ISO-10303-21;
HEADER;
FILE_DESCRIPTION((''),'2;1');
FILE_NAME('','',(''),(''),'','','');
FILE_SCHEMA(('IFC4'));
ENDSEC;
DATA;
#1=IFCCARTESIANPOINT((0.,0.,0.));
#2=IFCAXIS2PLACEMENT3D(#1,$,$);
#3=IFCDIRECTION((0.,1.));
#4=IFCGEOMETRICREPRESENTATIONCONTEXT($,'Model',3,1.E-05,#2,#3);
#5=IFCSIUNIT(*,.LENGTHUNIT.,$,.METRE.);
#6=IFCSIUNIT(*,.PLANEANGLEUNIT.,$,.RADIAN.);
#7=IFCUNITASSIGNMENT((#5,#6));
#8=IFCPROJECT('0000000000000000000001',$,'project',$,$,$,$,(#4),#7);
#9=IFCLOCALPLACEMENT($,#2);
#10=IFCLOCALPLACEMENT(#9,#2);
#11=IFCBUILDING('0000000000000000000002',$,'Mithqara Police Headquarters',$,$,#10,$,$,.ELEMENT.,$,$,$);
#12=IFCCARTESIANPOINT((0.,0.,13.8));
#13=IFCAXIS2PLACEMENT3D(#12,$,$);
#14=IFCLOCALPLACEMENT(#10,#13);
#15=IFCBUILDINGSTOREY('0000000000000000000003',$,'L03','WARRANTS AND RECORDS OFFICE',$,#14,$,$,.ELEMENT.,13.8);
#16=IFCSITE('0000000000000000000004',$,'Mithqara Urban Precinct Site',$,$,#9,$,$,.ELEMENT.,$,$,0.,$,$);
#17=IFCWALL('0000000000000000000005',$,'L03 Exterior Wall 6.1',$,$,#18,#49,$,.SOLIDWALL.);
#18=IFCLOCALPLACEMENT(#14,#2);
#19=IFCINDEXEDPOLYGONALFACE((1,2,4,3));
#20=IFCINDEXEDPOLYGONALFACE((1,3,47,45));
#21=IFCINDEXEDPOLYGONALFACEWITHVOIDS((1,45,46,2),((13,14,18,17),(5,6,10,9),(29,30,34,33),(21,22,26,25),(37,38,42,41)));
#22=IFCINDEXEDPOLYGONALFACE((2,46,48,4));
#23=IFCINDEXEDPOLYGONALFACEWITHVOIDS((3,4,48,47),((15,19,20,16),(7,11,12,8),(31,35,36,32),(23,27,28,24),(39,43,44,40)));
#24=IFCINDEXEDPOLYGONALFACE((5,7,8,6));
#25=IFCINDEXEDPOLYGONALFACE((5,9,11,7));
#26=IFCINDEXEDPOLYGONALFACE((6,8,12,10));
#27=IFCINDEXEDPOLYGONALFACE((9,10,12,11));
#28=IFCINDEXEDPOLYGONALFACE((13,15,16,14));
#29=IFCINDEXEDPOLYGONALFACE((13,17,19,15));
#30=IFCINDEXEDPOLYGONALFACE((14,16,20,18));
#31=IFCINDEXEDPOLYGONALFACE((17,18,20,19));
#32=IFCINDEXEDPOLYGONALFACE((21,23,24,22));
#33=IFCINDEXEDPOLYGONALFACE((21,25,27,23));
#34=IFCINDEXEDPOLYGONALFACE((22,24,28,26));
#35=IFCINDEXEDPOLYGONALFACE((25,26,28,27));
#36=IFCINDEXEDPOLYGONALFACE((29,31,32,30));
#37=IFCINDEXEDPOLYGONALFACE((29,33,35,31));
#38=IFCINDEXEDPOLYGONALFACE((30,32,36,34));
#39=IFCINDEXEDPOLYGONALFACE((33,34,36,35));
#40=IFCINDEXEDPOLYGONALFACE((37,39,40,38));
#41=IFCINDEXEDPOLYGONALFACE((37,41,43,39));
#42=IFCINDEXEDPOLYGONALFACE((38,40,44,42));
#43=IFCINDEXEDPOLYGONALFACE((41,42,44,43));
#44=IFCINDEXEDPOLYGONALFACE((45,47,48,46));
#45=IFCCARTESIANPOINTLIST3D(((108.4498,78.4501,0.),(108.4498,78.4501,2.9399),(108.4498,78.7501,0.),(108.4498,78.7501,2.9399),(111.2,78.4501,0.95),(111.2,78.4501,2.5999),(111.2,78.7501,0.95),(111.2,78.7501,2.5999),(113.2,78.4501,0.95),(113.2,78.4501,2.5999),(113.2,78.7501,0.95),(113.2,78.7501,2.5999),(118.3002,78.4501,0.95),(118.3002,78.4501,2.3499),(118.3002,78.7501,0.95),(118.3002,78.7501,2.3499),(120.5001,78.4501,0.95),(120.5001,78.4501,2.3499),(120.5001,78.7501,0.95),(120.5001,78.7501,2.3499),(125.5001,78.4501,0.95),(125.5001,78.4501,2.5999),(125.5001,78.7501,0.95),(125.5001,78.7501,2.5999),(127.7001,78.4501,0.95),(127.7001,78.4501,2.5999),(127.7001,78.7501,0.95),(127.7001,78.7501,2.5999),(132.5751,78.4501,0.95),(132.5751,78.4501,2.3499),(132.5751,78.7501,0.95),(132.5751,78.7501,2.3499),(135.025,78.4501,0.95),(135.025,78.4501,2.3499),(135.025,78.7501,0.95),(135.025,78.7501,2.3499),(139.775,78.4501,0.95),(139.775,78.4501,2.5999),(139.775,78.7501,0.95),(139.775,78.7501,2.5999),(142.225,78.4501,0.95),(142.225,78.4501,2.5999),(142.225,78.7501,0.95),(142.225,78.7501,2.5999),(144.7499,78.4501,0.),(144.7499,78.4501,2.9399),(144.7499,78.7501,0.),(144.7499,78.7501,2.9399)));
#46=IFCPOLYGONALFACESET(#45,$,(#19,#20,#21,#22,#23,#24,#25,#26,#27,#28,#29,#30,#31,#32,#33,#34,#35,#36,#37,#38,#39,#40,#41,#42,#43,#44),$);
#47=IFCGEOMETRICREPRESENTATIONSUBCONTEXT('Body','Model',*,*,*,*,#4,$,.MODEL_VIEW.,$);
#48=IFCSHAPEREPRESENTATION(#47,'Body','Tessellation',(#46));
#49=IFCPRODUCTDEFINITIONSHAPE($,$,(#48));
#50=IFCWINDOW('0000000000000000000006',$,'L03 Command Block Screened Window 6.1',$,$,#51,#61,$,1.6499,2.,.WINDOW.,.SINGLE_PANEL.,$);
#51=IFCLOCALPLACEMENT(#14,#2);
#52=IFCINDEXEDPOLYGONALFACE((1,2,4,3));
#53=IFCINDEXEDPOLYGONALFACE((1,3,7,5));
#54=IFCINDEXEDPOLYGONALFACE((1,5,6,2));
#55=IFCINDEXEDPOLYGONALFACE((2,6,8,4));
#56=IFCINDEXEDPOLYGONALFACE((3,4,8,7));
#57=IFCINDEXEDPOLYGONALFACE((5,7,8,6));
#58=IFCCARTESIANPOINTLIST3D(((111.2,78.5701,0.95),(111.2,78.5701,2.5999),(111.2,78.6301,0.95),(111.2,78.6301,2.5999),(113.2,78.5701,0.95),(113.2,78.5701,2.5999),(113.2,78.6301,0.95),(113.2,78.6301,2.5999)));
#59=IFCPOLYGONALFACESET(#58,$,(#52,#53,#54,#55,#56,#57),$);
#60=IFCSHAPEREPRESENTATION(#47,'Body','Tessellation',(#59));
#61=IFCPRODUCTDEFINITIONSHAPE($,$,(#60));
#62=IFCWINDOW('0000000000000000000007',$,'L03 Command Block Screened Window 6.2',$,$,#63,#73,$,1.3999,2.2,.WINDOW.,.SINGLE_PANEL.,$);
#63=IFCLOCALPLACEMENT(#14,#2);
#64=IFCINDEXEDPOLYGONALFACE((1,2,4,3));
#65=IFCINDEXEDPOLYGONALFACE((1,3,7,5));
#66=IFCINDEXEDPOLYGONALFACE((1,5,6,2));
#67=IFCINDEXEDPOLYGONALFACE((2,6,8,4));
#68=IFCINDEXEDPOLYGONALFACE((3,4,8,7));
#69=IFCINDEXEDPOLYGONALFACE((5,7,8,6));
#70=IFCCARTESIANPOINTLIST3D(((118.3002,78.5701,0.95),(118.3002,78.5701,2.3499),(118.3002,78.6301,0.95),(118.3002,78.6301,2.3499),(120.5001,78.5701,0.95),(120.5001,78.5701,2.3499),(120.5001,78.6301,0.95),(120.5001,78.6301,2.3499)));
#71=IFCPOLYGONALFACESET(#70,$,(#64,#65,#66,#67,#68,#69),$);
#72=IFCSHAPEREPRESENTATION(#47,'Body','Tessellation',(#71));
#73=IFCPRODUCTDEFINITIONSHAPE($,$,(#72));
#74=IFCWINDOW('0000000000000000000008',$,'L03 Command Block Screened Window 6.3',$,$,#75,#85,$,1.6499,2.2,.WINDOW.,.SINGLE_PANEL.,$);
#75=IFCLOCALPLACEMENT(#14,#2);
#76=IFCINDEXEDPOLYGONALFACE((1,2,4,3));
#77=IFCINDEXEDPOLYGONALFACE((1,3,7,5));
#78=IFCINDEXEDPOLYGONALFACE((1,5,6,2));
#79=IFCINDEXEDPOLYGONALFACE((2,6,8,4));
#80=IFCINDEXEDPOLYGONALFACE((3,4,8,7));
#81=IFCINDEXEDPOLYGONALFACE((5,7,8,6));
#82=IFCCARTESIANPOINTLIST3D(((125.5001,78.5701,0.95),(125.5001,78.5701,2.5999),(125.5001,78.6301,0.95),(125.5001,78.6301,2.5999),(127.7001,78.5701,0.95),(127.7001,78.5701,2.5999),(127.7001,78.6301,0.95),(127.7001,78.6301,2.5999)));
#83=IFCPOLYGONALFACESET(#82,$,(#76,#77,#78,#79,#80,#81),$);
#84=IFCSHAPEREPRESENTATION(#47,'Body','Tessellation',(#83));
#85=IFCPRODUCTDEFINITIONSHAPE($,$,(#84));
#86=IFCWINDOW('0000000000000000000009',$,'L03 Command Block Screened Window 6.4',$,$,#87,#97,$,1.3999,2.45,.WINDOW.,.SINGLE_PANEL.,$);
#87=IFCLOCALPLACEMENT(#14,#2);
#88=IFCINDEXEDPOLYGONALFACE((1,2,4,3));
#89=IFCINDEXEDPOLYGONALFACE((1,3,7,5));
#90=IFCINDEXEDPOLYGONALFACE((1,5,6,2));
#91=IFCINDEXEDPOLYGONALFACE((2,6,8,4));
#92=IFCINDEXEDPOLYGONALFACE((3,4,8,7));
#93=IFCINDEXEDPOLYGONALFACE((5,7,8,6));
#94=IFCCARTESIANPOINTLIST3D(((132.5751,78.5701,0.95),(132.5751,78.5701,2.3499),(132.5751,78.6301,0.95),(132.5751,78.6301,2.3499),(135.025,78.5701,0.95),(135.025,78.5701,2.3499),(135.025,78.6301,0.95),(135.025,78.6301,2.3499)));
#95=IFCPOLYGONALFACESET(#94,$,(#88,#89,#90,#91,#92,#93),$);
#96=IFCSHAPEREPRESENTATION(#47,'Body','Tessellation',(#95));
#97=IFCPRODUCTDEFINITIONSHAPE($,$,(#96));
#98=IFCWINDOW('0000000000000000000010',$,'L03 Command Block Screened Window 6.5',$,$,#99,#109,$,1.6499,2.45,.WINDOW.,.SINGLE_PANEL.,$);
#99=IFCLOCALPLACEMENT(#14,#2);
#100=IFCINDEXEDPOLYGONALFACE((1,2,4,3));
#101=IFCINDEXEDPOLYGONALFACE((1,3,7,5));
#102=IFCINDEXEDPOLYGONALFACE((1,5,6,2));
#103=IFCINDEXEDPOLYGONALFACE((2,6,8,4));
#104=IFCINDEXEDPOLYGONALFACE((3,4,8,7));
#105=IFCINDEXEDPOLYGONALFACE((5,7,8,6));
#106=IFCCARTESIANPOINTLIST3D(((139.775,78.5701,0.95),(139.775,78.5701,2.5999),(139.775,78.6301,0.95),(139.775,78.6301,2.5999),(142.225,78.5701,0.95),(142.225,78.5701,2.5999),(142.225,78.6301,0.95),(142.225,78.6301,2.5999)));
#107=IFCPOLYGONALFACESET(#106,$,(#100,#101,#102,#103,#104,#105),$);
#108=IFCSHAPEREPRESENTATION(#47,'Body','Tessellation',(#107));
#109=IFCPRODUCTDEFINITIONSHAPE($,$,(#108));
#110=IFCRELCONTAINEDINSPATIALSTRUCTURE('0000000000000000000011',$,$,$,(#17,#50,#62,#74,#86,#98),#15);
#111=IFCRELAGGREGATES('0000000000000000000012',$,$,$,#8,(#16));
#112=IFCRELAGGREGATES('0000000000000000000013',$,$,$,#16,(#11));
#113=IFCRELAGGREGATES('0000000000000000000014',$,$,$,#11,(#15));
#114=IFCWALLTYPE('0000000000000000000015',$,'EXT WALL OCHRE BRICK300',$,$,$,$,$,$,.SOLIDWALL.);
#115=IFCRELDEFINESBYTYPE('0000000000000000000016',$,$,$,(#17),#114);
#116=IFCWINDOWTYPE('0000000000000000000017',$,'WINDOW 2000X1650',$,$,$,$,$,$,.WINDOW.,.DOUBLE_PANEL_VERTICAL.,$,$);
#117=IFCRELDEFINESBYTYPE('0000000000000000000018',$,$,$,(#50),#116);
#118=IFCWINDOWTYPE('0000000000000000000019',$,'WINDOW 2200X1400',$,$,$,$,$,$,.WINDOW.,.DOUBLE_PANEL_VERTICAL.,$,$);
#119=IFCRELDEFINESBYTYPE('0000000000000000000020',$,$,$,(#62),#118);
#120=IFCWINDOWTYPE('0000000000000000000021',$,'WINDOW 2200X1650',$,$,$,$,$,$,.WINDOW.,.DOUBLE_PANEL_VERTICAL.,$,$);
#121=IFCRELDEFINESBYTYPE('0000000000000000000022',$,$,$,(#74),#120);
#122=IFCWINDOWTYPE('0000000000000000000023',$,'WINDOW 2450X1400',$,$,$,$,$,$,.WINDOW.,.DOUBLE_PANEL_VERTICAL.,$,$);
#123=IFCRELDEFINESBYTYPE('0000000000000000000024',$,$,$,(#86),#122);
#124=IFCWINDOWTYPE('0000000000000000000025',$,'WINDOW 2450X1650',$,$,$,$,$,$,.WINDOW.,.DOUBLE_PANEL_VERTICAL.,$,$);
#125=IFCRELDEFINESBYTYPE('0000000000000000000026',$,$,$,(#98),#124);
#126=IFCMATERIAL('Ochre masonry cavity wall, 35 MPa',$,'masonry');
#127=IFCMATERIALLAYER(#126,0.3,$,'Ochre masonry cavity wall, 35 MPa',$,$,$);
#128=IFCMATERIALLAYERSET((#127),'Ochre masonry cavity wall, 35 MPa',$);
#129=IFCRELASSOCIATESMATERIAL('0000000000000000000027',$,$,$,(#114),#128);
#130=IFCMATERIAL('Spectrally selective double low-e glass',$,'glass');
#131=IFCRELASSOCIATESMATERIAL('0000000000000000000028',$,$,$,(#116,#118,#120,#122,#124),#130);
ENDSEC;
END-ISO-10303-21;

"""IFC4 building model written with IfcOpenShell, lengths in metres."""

from ifc_helpers import new_model, si_unit, direction, frame, frame_2d, origin, place, context, subcontext, project, spatial, rectangle, extrude, material, layer, layer_set, type_object, element, fill, save


model = new_model("IFC4")

# Units and contexts
model_context = context("Model", 3, precision=1e-05, world=origin(), true_north=direction((0.0, 1.0)))
body_context = subcontext(model_context, "Body", "Model", "MODEL_VIEW")
ifc_project = project(units=[si_unit("LENGTHUNIT", "METRE"), si_unit("PLANEANGLEUNIT", "RADIAN")], contexts=[model_context])

# Site, building, storey
site_placement = place(None, origin())
site = spatial("IfcSite", under=ifc_project, at=site_placement, Name="Mithqara Urban Precinct Site", CompositionType="ELEMENT", RefElevation=0.0)
building_placement = place(site_placement, origin())
building = spatial("IfcBuilding", under=site, at=building_placement, Name="Mithqara Police Headquarters", CompositionType="ELEMENT")
storey_placement = place(building_placement, frame((0.0, 0.0, 13.8)))
storey = spatial("IfcBuildingStorey", under=building, at=storey_placement, Name="L03", Description="WARRANTS AND RECORDS OFFICE", CompositionType="ELEMENT", Elevation=13.8)

# Wall, openings, windows
ifc_material_1 = material(Name="Ochre masonry cavity wall, 35 MPa", Category="masonry")
ifc_layer = layer(ifc_material_1, 0.3, Name="Ochre masonry cavity wall, 35 MPa")
ifc_layer_set = layer_set([ifc_layer], Name="Ochre masonry cavity wall, 35 MPa")
wall_type = type_object("IfcWallType", Name="EXT WALL OCHRE BRICK300", PredefinedType="SOLIDWALL", material=ifc_layer_set)
wall_placement = place(storey_placement, frame((108.45, 78.6001, 0.0), z_axis=(0.0, 0.0, 1.0), x_axis=(1.0, 0.0, 0.0)))
wall = element("IfcWall", 1, at=wall_placement, inside=storey, type_object=wall_type, Name="L03 Exterior Wall 6.1", PredefinedType="SOLIDWALL", context=body_context, shape_type="SweptSolid", body=[
    extrude(rectangle(XDim=36.3, YDim=0.3, at=frame_2d((18.1499, 0.0))), origin(), (0.0, 0.0, 1.0), 2.9399),
])
opening_1_placement = place(wall_placement, frame((2.75, 0.0, 0.95)))
opening_1 = element("IfcOpeningElement", 2, at=opening_1_placement, cuts=wall, PredefinedType="OPENING", context=body_context, shape_type="SweptSolid", body=[
    extrude(rectangle(XDim=2.0, YDim=1.6499, at=frame_2d((1.0, 0.825))), frame((0.0, 0.1602, 0.0), z_axis=(0.0, -1.0, 0.0), x_axis=(1.0, 0.0, 0.0)), (0.0, 0.0, 1.0), 0.3201),
])
opening_2_placement = place(wall_placement, frame((9.8501, 0.0, 0.95)))
opening_2 = element("IfcOpeningElement", 3, at=opening_2_placement, cuts=wall, PredefinedType="OPENING", context=body_context, shape_type="SweptSolid", body=[
    extrude(rectangle(XDim=2.2, YDim=1.3999, at=frame_2d((1.1001, 0.7))), frame((0.0, 0.1602, 0.0), z_axis=(0.0, -1.0, 0.0), x_axis=(1.0, 0.0, 0.0)), (0.0, 0.0, 1.0), 0.3201),
])
opening_3_placement = place(wall_placement, frame((17.05, 0.0, 0.95)))
opening_3 = element("IfcOpeningElement", 4, at=opening_3_placement, cuts=wall, PredefinedType="OPENING", context=body_context, shape_type="SweptSolid", body=[
    extrude(rectangle(XDim=2.2, YDim=1.6499, at=frame_2d((1.1001, 0.825))), frame((0.0, 0.1602, 0.0), z_axis=(0.0, -1.0, 0.0), x_axis=(1.0, 0.0, 0.0)), (0.0, 0.0, 1.0), 0.3201),
])
opening_4_placement = place(wall_placement, frame((24.125, 0.0, 0.95)))
opening_4 = element("IfcOpeningElement", 5, at=opening_4_placement, cuts=wall, PredefinedType="OPENING", context=body_context, shape_type="SweptSolid", body=[
    extrude(rectangle(XDim=2.45, YDim=1.3999, at=frame_2d((1.2251, 0.7))), frame((0.0, 0.1602, 0.0), z_axis=(0.0, -1.0, 0.0), x_axis=(1.0, 0.0, 0.0)), (0.0, 0.0, 1.0), 0.3201),
])
opening_5_placement = place(wall_placement, frame((31.325, 0.0, 0.95)))
opening_5 = element("IfcOpeningElement", 6, at=opening_5_placement, cuts=wall, PredefinedType="OPENING", context=body_context, shape_type="SweptSolid", body=[
    extrude(rectangle(XDim=2.45, YDim=1.6499, at=frame_2d((1.2251, 0.825))), frame((0.0, 0.1602, 0.0), z_axis=(0.0, -1.0, 0.0), x_axis=(1.0, 0.0, 0.0)), (0.0, 0.0, 1.0), 0.3201),
])
ifc_material_2 = material(Name="Spectrally selective double low-e glass", Category="glass")
window_type_1 = type_object("IfcWindowType", Name="WINDOW 2000X1650", PartitioningType="DOUBLE_PANEL_VERTICAL", PredefinedType="WINDOW", material=ifc_material_2)
window_1_placement = place(opening_1_placement, origin())
window_1 = element("IfcWindow", 7, at=window_1_placement, inside=storey, type_object=window_type_1, Name="L03 Command Block Screened Window 6.1", OverallHeight=1.6499, OverallWidth=2.0, PartitioningType="SINGLE_PANEL", PredefinedType="WINDOW", context=body_context, shape_type="SweptSolid", body=[
    extrude(rectangle(XDim=2.0, YDim=1.6499, at=frame_2d((1.0, 0.825))), frame((0.0, 0.03, 0.0), z_axis=(0.0, -1.0, 0.0), x_axis=(1.0, 0.0, 0.0)), (0.0, 0.0, 1.0), 0.0601),
])
fill(opening_1, window_1)
window_type_2 = type_object("IfcWindowType", Name="WINDOW 2200X1400", PartitioningType="DOUBLE_PANEL_VERTICAL", PredefinedType="WINDOW", material=ifc_material_2)
window_2_placement = place(opening_2_placement, origin())
window_2 = element("IfcWindow", 8, at=window_2_placement, inside=storey, type_object=window_type_2, Name="L03 Command Block Screened Window 6.2", OverallHeight=1.3999, OverallWidth=2.2, PartitioningType="SINGLE_PANEL", PredefinedType="WINDOW", context=body_context, shape_type="SweptSolid", body=[
    extrude(rectangle(XDim=2.2, YDim=1.3999, at=frame_2d((1.1001, 0.7))), frame((0.0, 0.03, 0.0), z_axis=(0.0, -1.0, 0.0), x_axis=(1.0, 0.0, 0.0)), (0.0, 0.0, 1.0), 0.0601),
])
fill(opening_2, window_2)
window_type_3 = type_object("IfcWindowType", Name="WINDOW 2200X1650", PartitioningType="DOUBLE_PANEL_VERTICAL", PredefinedType="WINDOW", material=ifc_material_2)
window_3_placement = place(opening_3_placement, origin())
window_3 = element("IfcWindow", 9, at=window_3_placement, inside=storey, type_object=window_type_3, Name="L03 Command Block Screened Window 6.3", OverallHeight=1.6499, OverallWidth=2.2, PartitioningType="SINGLE_PANEL", PredefinedType="WINDOW", context=body_context, shape_type="SweptSolid", body=[
    extrude(rectangle(XDim=2.2, YDim=1.6499, at=frame_2d((1.1001, 0.825))), frame((0.0, 0.03, 0.0), z_axis=(0.0, -1.0, 0.0), x_axis=(1.0, 0.0, 0.0)), (0.0, 0.0, 1.0), 0.0601),
])
fill(opening_3, window_3)
window_type_4 = type_object("IfcWindowType", Name="WINDOW 2450X1400", PartitioningType="DOUBLE_PANEL_VERTICAL", PredefinedType="WINDOW", material=ifc_material_2)
window_4_placement = place(opening_4_placement, origin())
window_4 = element("IfcWindow", 10, at=window_4_placement, inside=storey, type_object=window_type_4, Name="L03 Command Block Screened Window 6.4", OverallHeight=1.3999, OverallWidth=2.45, PartitioningType="SINGLE_PANEL", PredefinedType="WINDOW", context=body_context, shape_type="SweptSolid", body=[
    extrude(rectangle(XDim=2.45, YDim=1.3999, at=frame_2d((1.2251, 0.7))), frame((0.0, 0.03, 0.0), z_axis=(0.0, -1.0, 0.0), x_axis=(1.0, 0.0, 0.0)), (0.0, 0.0, 1.0), 0.0601),
])
fill(opening_4, window_4)
window_type_5 = type_object("IfcWindowType", Name="WINDOW 2450X1650", PartitioningType="DOUBLE_PANEL_VERTICAL", PredefinedType="WINDOW", material=ifc_material_2)
window_5_placement = place(opening_5_placement, origin())
window_5 = element("IfcWindow", 11, at=window_5_placement, inside=storey, type_object=window_type_5, Name="L03 Command Block Screened Window 6.5", OverallHeight=1.6499, OverallWidth=2.45, PartitioningType="SINGLE_PANEL", PredefinedType="WINDOW", context=body_context, shape_type="SweptSolid", body=[
    extrude(rectangle(XDim=2.45, YDim=1.6499, at=frame_2d((1.2251, 0.825))), frame((0.0, 0.03, 0.0), z_axis=(0.0, -1.0, 0.0), x_axis=(1.0, 0.0, 0.0)), (0.0, 0.0, 1.0), 0.0601),
])
fill(opening_5, window_5)

save(model, "model.ifc")
